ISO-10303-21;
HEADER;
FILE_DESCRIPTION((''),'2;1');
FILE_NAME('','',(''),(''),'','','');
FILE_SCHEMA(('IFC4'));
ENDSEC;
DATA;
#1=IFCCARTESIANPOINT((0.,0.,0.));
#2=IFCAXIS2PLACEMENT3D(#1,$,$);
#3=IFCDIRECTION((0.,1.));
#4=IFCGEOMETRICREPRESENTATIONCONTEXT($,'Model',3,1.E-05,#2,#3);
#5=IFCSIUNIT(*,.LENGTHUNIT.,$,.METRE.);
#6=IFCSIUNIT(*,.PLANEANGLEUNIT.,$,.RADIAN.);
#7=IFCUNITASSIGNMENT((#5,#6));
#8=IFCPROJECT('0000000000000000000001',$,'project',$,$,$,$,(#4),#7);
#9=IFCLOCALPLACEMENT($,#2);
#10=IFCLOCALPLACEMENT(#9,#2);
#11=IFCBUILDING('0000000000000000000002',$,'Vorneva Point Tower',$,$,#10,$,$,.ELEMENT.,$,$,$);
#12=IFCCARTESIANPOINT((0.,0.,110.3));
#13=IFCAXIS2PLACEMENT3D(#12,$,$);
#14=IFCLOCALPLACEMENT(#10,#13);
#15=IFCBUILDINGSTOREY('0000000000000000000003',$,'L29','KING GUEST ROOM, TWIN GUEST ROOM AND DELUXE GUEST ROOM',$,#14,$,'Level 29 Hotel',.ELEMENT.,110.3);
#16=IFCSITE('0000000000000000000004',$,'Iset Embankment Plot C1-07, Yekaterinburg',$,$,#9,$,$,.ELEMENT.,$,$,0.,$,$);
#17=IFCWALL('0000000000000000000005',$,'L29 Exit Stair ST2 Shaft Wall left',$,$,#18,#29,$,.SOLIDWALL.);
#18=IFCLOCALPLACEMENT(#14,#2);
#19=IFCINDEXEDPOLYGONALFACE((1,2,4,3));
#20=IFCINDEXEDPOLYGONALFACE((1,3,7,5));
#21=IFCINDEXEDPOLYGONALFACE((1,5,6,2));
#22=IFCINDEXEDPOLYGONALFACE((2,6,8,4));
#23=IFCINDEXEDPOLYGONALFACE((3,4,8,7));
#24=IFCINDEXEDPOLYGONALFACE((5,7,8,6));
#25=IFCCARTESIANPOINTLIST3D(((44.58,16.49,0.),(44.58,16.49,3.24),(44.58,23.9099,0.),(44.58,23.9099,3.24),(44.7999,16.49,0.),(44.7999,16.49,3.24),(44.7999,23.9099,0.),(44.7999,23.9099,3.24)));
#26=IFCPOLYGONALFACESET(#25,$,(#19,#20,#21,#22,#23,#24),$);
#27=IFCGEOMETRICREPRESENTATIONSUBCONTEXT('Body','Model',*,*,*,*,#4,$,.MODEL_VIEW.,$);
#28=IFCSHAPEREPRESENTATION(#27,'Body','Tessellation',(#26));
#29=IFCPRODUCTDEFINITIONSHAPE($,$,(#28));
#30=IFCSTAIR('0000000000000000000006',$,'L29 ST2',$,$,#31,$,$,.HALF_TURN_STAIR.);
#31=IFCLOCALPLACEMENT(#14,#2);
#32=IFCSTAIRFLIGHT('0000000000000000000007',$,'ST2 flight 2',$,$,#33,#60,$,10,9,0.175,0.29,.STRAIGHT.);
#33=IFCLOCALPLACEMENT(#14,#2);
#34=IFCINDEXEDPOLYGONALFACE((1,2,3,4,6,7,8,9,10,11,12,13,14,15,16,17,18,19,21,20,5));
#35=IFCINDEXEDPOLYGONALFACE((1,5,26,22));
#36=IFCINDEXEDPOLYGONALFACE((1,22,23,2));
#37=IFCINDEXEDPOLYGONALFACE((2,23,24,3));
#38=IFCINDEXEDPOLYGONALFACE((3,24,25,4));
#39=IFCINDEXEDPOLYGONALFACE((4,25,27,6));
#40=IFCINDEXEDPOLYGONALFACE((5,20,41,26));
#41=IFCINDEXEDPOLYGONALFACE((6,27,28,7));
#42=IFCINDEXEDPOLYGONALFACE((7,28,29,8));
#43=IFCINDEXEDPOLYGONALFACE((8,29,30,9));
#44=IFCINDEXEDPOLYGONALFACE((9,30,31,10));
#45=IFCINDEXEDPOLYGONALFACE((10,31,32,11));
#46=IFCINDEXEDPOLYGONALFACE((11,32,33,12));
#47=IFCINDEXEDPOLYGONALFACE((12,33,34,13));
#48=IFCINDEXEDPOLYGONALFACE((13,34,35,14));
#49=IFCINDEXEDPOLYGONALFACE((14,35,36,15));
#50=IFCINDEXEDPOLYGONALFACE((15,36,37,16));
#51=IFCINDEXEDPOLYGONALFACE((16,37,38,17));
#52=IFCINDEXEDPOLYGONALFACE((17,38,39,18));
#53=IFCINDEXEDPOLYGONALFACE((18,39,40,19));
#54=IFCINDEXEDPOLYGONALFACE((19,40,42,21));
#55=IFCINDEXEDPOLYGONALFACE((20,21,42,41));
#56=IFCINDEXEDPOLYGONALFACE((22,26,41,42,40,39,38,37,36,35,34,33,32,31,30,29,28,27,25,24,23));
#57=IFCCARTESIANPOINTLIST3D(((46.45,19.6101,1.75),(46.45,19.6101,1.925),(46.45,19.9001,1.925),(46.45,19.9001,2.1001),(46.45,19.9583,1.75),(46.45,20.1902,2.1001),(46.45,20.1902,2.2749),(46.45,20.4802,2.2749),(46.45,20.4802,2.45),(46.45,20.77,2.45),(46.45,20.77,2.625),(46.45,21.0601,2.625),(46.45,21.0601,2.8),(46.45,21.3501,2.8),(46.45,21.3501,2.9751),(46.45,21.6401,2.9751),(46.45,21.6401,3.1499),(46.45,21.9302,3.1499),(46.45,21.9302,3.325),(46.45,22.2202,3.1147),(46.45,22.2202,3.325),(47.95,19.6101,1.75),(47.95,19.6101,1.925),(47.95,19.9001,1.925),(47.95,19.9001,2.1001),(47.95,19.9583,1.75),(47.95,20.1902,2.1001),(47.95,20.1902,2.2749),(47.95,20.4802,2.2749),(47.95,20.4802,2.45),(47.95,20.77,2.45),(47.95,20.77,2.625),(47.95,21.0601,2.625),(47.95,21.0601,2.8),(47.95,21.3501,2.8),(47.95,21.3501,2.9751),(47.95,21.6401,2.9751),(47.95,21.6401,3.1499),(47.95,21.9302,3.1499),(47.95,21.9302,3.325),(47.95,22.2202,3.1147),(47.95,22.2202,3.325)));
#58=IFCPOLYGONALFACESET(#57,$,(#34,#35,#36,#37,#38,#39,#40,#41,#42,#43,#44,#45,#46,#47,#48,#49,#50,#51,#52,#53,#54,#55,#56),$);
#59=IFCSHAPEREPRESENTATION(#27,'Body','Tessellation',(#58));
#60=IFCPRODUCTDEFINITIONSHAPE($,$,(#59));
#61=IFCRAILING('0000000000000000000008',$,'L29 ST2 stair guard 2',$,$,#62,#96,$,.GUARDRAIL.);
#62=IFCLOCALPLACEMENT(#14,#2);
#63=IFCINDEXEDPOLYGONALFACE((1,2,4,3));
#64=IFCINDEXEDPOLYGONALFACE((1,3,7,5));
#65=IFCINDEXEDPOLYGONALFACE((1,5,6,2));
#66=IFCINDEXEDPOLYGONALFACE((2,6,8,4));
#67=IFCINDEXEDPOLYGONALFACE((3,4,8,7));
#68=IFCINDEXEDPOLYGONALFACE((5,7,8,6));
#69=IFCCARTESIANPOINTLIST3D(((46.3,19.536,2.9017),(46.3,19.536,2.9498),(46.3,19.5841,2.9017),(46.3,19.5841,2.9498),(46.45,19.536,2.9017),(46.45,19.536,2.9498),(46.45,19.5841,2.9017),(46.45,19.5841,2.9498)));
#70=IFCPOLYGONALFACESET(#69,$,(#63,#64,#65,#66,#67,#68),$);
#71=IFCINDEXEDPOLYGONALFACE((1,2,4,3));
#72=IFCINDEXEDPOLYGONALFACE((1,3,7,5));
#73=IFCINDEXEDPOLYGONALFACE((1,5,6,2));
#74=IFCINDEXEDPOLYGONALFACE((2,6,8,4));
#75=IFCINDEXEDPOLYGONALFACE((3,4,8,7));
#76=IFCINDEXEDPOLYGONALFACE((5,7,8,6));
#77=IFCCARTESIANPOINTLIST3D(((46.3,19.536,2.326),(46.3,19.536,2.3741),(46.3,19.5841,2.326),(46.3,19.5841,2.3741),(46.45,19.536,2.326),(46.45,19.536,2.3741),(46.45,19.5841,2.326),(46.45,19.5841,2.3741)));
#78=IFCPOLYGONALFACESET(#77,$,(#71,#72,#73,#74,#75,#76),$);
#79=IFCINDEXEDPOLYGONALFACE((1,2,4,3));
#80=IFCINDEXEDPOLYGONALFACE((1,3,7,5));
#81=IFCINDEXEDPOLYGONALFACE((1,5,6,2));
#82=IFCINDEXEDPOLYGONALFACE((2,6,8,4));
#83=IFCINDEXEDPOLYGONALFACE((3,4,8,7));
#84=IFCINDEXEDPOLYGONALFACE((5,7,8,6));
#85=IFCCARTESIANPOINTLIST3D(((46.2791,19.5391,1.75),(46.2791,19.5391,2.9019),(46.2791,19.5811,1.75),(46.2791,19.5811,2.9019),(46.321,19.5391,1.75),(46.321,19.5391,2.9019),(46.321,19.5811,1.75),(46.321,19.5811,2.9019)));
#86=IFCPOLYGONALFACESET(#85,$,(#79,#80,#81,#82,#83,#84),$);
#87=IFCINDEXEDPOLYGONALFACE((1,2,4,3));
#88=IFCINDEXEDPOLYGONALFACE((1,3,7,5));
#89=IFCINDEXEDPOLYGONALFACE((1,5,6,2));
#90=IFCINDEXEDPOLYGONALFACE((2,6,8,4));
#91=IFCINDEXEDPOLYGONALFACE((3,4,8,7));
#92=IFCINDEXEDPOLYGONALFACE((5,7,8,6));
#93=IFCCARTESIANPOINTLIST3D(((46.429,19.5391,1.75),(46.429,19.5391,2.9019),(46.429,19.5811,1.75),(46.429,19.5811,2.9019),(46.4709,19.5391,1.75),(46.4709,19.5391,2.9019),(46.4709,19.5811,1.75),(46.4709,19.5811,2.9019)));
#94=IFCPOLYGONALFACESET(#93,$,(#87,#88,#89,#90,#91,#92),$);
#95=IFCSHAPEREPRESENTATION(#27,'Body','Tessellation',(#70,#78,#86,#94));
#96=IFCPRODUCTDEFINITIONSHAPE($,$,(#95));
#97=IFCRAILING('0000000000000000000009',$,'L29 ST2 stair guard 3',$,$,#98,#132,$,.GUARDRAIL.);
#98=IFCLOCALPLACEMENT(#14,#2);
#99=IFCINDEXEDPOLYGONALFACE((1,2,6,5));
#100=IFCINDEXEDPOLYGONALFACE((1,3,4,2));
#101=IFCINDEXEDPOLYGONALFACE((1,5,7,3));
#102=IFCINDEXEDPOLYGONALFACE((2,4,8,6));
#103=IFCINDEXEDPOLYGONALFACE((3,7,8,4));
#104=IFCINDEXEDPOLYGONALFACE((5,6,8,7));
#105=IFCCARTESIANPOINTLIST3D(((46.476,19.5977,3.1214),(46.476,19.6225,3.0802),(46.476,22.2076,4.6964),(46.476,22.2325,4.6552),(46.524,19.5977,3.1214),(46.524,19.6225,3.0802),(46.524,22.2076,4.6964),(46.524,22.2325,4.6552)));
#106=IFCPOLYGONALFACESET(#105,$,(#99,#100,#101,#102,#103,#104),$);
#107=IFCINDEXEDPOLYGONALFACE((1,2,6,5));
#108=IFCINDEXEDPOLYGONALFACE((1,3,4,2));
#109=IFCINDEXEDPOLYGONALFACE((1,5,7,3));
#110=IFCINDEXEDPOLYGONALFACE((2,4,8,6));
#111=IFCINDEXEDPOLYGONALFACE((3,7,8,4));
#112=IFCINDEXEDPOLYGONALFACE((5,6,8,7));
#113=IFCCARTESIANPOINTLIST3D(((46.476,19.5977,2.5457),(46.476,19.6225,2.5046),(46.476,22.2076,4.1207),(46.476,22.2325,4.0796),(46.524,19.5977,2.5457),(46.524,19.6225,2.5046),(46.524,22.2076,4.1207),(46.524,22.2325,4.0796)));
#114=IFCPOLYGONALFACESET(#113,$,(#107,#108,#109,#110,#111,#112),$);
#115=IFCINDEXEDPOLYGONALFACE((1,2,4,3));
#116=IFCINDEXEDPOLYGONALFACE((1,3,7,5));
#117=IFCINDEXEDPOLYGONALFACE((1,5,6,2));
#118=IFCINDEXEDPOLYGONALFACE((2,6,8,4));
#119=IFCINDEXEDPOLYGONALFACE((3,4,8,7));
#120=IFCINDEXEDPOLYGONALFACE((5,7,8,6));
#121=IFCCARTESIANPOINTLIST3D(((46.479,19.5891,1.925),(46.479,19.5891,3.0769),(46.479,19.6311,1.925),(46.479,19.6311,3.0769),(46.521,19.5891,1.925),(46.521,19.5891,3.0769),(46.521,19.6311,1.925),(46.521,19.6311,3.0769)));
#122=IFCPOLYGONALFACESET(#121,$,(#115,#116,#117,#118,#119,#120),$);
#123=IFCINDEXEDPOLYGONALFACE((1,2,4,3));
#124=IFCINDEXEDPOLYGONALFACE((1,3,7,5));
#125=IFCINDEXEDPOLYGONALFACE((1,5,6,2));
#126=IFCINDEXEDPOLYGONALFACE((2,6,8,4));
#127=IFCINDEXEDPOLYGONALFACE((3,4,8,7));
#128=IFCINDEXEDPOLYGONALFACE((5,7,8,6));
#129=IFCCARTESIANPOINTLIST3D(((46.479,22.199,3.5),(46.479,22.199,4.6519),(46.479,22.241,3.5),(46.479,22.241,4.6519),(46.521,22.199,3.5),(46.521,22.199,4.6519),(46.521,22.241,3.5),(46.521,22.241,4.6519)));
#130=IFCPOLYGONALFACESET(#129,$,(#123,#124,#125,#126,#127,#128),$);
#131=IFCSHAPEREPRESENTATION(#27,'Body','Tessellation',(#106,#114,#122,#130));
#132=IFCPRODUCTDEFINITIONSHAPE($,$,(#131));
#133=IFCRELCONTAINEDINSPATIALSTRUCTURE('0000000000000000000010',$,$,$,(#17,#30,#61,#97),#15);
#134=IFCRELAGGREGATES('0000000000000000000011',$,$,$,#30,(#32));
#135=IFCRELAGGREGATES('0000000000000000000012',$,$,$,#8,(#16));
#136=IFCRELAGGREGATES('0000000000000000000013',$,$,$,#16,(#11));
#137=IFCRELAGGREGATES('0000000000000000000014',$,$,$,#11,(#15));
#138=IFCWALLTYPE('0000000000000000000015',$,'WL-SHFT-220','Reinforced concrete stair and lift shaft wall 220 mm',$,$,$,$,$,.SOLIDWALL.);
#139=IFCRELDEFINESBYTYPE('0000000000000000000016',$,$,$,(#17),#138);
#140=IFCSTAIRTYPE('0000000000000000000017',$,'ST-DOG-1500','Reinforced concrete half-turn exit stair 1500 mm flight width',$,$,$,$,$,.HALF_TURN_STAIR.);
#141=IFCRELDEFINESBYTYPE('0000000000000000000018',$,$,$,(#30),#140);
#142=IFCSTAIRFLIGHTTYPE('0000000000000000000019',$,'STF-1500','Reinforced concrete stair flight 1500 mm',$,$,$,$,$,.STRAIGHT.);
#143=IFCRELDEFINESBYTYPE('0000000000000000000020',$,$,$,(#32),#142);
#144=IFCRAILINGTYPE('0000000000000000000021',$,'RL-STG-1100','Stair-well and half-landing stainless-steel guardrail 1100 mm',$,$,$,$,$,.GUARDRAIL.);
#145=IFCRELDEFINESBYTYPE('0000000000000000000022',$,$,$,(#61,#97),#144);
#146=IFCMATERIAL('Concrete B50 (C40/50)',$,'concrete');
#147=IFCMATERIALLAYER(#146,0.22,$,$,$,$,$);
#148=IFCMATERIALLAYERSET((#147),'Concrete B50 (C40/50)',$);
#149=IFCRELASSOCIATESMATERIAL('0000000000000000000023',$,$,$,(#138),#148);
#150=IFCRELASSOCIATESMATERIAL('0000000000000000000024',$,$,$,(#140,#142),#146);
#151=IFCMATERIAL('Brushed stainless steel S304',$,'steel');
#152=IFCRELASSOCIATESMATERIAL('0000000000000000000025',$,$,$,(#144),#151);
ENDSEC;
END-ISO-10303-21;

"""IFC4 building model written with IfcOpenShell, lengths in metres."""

from ifc_helpers import new_model, si_unit, direction, frame, frame_2d, origin, origin_2d, place, context, subcontext, project, spatial, polyline, rectangle, outline, extrude, material, layer, layer_set, type_object, element, aggregate, save


model = new_model("IFC4")

# Units and contexts
model_context = context("Model", 3, precision=1e-05, world=origin(), true_north=direction((0.0, 1.0)))
body_context = subcontext(model_context, "Body", "Model", "MODEL_VIEW")
ifc_project = project(units=[si_unit("LENGTHUNIT", "METRE"), si_unit("PLANEANGLEUNIT", "RADIAN")], contexts=[model_context])

# Site, building, storey
site_placement = place(None, origin())
site = spatial("IfcSite", under=ifc_project, at=site_placement, Name="Iset Embankment Plot C1-07, Yekaterinburg", CompositionType="ELEMENT", RefElevation=0.0)
building_placement = place(site_placement, origin())
building = spatial("IfcBuilding", under=site, at=building_placement, Name="Vorneva Point Tower", CompositionType="ELEMENT")
storey_placement = place(building_placement, frame((0.0, 0.0, 110.3)))
storey = spatial("IfcBuildingStorey", under=building, at=storey_placement, Name="L29", Description="KING GUEST ROOM, TWIN GUEST ROOM AND DELUXE GUEST ROOM", LongName="Level 29 Hotel", CompositionType="ELEMENT", Elevation=110.3)

# Wall
ifc_material_1 = material(Name="Concrete B50 (C40/50)", Category="concrete")
ifc_layer_1 = layer(ifc_material_1, 0.22)
ifc_layer_set_1 = layer_set([ifc_layer_1], Name="Concrete B50 (C40/50)")
wall_type_1 = type_object("IfcWallType", Name="WL-SHFT-220", Description="Reinforced concrete stair and lift shaft wall 220 mm", PredefinedType="SOLIDWALL", material=ifc_layer_set_1)
wall_1_placement = place(storey_placement, frame((44.6899, 16.49, 0.0), z_axis=(0.0, 0.0, 1.0), x_axis=(0.0, 1.0, 0.0)))
element("IfcWall", 1, at=wall_1_placement, inside=storey, type_object=wall_type_1, Name="L29 Exit Stair ST2 Shaft Wall left", PredefinedType="SOLIDWALL", context=body_context, shape_type="SweptSolid", body=[
    extrude(rectangle(XDim=7.4199, YDim=0.22, at=frame_2d((3.71, 0.0))), origin(), (0.0, 0.0, 1.0), 3.24),
])

# Stair, stair flight
stair_type = type_object("IfcStairType", Name="ST-DOG-1500", Description="Reinforced concrete half-turn exit stair 1500 mm flight width", PredefinedType="HALF_TURN_STAIR", material=ifc_material_1)
stair_placement = place(storey_placement, origin())
stair = element("IfcStair", 2, at=stair_placement, inside=storey, type_object=stair_type, Name="L29 ST2", PredefinedType="HALF_TURN_STAIR")
stair_flight_type = type_object("IfcStairFlightType", Name="STF-1500", Description="Reinforced concrete stair flight 1500 mm", PredefinedType="STRAIGHT", material=ifc_material_1)
stair_flight_placement = place(storey_placement, frame((47.2, 19.6101, 1.75), z_axis=(0.0, 0.0, 1.0), x_axis=(0.0, 1.0, 0.0)))
stair_flight = element("IfcStairFlight", 3, at=stair_flight_placement, type_object=stair_flight_type, Name="ST2 flight 2", NumberOfRisers=10, NumberOfTreads=9, PredefinedType="STRAIGHT", RiserHeight=0.175, TreadLength=0.29, context=body_context, shape_type="SweptSolid", body=[
    extrude(outline(polyline([(0.0, 0.0), (0.0, 0.175), (0.29, 0.175), (0.29, 0.3501), (0.5801, 0.3501), (0.5801, 0.5249), (0.8701, 0.5249), (0.8701, 0.7), (1.1599, 0.7), (1.1599, 0.875), (1.45, 0.875), (1.45, 1.05), (1.74, 1.05), (1.74, 1.2251), (2.03, 1.2251), (2.03, 1.3999), (2.3201, 1.3999), (2.3201, 1.575), (2.6101, 1.575), (2.6101, 1.75), (2.6101, 1.3647), (0.3481, 0.0), (0.0, 0.0)])), frame((0.0, 0.75, 0.0), z_axis=(0.0, -1.0, 0.0), x_axis=(1.0, 0.0, 0.0)), (0.0, 0.0, 1.0), 1.5),
])
aggregate(stair, [stair_flight])

# Railings
ifc_material_2 = material(Name="Brushed stainless steel S304", Category="steel")
railing_type = type_object("IfcRailingType", Name="RL-STG-1100", Description="Stair-well and half-landing stainless-steel guardrail 1100 mm", PredefinedType="GUARDRAIL", material=ifc_material_2)
railing_1_placement = place(storey_placement, frame((46.3, 19.5601, 1.75)))
element("IfcRailing", 4, at=railing_1_placement, inside=storey, type_object=railing_type, Name="L29 ST2 stair guard 2", PredefinedType="GUARDRAIL", context=body_context, shape_type="SweptSolid", body=[
    extrude(rectangle(XDim=0.0481, YDim=0.0481, at=origin_2d()), frame((0.0, 0.0, 1.1758), z_axis=(1.0, 0.0, 0.0), x_axis=(0.0, 1.0, 0.0)), (0.0, 0.0, 1.0), 0.1499),
    extrude(rectangle(XDim=0.0481, YDim=0.0481, at=origin_2d()), frame((0.0, 0.0, 0.6001), z_axis=(1.0, 0.0, 0.0), x_axis=(0.0, 1.0, 0.0)), (0.0, 0.0, 1.0), 0.1499),
    extrude(rectangle(XDim=0.042, YDim=0.042, at=origin_2d()), origin(), (0.0, 0.0, 1.0), 1.1519),
    extrude(rectangle(XDim=0.042, YDim=0.042, at=origin_2d()), frame((0.1499, 0.0, 0.0)), (0.0, 0.0, 1.0), 1.1519),
])
railing_2_placement = place(storey_placement, frame((46.5, 19.6101, 1.925)))
element("IfcRailing", 5, at=railing_2_placement, inside=storey, type_object=railing_type, Name="L29 ST2 stair guard 3", PredefinedType="GUARDRAIL", context=body_context, shape_type="SweptSolid", body=[
    extrude(rectangle(XDim=0.0481, YDim=0.0481, at=origin_2d()), frame((0.0, 0.0, 1.1758), z_axis=(0.0, 0.856183, 0.516673), x_axis=(-1.0, 0.0, 0.0)), (0.0, 0.0, 1.0), 3.0483),
    extrude(rectangle(XDim=0.0481, YDim=0.0481, at=origin_2d()), frame((0.0, 0.0, 0.6001), z_axis=(0.0, 0.856183, 0.516673), x_axis=(-1.0, 0.0, 0.0)), (0.0, 0.0, 1.0), 3.0483),
    extrude(rectangle(XDim=0.042, YDim=0.042, at=origin_2d()), origin(), (0.0, 0.0, 1.0), 1.1519),
    extrude(rectangle(XDim=0.042, YDim=0.042, at=origin_2d()), frame((0.0, 2.6099, 1.575)), (0.0, 0.0, 1.0), 1.1519),
])

save(model, "model.ifc")
